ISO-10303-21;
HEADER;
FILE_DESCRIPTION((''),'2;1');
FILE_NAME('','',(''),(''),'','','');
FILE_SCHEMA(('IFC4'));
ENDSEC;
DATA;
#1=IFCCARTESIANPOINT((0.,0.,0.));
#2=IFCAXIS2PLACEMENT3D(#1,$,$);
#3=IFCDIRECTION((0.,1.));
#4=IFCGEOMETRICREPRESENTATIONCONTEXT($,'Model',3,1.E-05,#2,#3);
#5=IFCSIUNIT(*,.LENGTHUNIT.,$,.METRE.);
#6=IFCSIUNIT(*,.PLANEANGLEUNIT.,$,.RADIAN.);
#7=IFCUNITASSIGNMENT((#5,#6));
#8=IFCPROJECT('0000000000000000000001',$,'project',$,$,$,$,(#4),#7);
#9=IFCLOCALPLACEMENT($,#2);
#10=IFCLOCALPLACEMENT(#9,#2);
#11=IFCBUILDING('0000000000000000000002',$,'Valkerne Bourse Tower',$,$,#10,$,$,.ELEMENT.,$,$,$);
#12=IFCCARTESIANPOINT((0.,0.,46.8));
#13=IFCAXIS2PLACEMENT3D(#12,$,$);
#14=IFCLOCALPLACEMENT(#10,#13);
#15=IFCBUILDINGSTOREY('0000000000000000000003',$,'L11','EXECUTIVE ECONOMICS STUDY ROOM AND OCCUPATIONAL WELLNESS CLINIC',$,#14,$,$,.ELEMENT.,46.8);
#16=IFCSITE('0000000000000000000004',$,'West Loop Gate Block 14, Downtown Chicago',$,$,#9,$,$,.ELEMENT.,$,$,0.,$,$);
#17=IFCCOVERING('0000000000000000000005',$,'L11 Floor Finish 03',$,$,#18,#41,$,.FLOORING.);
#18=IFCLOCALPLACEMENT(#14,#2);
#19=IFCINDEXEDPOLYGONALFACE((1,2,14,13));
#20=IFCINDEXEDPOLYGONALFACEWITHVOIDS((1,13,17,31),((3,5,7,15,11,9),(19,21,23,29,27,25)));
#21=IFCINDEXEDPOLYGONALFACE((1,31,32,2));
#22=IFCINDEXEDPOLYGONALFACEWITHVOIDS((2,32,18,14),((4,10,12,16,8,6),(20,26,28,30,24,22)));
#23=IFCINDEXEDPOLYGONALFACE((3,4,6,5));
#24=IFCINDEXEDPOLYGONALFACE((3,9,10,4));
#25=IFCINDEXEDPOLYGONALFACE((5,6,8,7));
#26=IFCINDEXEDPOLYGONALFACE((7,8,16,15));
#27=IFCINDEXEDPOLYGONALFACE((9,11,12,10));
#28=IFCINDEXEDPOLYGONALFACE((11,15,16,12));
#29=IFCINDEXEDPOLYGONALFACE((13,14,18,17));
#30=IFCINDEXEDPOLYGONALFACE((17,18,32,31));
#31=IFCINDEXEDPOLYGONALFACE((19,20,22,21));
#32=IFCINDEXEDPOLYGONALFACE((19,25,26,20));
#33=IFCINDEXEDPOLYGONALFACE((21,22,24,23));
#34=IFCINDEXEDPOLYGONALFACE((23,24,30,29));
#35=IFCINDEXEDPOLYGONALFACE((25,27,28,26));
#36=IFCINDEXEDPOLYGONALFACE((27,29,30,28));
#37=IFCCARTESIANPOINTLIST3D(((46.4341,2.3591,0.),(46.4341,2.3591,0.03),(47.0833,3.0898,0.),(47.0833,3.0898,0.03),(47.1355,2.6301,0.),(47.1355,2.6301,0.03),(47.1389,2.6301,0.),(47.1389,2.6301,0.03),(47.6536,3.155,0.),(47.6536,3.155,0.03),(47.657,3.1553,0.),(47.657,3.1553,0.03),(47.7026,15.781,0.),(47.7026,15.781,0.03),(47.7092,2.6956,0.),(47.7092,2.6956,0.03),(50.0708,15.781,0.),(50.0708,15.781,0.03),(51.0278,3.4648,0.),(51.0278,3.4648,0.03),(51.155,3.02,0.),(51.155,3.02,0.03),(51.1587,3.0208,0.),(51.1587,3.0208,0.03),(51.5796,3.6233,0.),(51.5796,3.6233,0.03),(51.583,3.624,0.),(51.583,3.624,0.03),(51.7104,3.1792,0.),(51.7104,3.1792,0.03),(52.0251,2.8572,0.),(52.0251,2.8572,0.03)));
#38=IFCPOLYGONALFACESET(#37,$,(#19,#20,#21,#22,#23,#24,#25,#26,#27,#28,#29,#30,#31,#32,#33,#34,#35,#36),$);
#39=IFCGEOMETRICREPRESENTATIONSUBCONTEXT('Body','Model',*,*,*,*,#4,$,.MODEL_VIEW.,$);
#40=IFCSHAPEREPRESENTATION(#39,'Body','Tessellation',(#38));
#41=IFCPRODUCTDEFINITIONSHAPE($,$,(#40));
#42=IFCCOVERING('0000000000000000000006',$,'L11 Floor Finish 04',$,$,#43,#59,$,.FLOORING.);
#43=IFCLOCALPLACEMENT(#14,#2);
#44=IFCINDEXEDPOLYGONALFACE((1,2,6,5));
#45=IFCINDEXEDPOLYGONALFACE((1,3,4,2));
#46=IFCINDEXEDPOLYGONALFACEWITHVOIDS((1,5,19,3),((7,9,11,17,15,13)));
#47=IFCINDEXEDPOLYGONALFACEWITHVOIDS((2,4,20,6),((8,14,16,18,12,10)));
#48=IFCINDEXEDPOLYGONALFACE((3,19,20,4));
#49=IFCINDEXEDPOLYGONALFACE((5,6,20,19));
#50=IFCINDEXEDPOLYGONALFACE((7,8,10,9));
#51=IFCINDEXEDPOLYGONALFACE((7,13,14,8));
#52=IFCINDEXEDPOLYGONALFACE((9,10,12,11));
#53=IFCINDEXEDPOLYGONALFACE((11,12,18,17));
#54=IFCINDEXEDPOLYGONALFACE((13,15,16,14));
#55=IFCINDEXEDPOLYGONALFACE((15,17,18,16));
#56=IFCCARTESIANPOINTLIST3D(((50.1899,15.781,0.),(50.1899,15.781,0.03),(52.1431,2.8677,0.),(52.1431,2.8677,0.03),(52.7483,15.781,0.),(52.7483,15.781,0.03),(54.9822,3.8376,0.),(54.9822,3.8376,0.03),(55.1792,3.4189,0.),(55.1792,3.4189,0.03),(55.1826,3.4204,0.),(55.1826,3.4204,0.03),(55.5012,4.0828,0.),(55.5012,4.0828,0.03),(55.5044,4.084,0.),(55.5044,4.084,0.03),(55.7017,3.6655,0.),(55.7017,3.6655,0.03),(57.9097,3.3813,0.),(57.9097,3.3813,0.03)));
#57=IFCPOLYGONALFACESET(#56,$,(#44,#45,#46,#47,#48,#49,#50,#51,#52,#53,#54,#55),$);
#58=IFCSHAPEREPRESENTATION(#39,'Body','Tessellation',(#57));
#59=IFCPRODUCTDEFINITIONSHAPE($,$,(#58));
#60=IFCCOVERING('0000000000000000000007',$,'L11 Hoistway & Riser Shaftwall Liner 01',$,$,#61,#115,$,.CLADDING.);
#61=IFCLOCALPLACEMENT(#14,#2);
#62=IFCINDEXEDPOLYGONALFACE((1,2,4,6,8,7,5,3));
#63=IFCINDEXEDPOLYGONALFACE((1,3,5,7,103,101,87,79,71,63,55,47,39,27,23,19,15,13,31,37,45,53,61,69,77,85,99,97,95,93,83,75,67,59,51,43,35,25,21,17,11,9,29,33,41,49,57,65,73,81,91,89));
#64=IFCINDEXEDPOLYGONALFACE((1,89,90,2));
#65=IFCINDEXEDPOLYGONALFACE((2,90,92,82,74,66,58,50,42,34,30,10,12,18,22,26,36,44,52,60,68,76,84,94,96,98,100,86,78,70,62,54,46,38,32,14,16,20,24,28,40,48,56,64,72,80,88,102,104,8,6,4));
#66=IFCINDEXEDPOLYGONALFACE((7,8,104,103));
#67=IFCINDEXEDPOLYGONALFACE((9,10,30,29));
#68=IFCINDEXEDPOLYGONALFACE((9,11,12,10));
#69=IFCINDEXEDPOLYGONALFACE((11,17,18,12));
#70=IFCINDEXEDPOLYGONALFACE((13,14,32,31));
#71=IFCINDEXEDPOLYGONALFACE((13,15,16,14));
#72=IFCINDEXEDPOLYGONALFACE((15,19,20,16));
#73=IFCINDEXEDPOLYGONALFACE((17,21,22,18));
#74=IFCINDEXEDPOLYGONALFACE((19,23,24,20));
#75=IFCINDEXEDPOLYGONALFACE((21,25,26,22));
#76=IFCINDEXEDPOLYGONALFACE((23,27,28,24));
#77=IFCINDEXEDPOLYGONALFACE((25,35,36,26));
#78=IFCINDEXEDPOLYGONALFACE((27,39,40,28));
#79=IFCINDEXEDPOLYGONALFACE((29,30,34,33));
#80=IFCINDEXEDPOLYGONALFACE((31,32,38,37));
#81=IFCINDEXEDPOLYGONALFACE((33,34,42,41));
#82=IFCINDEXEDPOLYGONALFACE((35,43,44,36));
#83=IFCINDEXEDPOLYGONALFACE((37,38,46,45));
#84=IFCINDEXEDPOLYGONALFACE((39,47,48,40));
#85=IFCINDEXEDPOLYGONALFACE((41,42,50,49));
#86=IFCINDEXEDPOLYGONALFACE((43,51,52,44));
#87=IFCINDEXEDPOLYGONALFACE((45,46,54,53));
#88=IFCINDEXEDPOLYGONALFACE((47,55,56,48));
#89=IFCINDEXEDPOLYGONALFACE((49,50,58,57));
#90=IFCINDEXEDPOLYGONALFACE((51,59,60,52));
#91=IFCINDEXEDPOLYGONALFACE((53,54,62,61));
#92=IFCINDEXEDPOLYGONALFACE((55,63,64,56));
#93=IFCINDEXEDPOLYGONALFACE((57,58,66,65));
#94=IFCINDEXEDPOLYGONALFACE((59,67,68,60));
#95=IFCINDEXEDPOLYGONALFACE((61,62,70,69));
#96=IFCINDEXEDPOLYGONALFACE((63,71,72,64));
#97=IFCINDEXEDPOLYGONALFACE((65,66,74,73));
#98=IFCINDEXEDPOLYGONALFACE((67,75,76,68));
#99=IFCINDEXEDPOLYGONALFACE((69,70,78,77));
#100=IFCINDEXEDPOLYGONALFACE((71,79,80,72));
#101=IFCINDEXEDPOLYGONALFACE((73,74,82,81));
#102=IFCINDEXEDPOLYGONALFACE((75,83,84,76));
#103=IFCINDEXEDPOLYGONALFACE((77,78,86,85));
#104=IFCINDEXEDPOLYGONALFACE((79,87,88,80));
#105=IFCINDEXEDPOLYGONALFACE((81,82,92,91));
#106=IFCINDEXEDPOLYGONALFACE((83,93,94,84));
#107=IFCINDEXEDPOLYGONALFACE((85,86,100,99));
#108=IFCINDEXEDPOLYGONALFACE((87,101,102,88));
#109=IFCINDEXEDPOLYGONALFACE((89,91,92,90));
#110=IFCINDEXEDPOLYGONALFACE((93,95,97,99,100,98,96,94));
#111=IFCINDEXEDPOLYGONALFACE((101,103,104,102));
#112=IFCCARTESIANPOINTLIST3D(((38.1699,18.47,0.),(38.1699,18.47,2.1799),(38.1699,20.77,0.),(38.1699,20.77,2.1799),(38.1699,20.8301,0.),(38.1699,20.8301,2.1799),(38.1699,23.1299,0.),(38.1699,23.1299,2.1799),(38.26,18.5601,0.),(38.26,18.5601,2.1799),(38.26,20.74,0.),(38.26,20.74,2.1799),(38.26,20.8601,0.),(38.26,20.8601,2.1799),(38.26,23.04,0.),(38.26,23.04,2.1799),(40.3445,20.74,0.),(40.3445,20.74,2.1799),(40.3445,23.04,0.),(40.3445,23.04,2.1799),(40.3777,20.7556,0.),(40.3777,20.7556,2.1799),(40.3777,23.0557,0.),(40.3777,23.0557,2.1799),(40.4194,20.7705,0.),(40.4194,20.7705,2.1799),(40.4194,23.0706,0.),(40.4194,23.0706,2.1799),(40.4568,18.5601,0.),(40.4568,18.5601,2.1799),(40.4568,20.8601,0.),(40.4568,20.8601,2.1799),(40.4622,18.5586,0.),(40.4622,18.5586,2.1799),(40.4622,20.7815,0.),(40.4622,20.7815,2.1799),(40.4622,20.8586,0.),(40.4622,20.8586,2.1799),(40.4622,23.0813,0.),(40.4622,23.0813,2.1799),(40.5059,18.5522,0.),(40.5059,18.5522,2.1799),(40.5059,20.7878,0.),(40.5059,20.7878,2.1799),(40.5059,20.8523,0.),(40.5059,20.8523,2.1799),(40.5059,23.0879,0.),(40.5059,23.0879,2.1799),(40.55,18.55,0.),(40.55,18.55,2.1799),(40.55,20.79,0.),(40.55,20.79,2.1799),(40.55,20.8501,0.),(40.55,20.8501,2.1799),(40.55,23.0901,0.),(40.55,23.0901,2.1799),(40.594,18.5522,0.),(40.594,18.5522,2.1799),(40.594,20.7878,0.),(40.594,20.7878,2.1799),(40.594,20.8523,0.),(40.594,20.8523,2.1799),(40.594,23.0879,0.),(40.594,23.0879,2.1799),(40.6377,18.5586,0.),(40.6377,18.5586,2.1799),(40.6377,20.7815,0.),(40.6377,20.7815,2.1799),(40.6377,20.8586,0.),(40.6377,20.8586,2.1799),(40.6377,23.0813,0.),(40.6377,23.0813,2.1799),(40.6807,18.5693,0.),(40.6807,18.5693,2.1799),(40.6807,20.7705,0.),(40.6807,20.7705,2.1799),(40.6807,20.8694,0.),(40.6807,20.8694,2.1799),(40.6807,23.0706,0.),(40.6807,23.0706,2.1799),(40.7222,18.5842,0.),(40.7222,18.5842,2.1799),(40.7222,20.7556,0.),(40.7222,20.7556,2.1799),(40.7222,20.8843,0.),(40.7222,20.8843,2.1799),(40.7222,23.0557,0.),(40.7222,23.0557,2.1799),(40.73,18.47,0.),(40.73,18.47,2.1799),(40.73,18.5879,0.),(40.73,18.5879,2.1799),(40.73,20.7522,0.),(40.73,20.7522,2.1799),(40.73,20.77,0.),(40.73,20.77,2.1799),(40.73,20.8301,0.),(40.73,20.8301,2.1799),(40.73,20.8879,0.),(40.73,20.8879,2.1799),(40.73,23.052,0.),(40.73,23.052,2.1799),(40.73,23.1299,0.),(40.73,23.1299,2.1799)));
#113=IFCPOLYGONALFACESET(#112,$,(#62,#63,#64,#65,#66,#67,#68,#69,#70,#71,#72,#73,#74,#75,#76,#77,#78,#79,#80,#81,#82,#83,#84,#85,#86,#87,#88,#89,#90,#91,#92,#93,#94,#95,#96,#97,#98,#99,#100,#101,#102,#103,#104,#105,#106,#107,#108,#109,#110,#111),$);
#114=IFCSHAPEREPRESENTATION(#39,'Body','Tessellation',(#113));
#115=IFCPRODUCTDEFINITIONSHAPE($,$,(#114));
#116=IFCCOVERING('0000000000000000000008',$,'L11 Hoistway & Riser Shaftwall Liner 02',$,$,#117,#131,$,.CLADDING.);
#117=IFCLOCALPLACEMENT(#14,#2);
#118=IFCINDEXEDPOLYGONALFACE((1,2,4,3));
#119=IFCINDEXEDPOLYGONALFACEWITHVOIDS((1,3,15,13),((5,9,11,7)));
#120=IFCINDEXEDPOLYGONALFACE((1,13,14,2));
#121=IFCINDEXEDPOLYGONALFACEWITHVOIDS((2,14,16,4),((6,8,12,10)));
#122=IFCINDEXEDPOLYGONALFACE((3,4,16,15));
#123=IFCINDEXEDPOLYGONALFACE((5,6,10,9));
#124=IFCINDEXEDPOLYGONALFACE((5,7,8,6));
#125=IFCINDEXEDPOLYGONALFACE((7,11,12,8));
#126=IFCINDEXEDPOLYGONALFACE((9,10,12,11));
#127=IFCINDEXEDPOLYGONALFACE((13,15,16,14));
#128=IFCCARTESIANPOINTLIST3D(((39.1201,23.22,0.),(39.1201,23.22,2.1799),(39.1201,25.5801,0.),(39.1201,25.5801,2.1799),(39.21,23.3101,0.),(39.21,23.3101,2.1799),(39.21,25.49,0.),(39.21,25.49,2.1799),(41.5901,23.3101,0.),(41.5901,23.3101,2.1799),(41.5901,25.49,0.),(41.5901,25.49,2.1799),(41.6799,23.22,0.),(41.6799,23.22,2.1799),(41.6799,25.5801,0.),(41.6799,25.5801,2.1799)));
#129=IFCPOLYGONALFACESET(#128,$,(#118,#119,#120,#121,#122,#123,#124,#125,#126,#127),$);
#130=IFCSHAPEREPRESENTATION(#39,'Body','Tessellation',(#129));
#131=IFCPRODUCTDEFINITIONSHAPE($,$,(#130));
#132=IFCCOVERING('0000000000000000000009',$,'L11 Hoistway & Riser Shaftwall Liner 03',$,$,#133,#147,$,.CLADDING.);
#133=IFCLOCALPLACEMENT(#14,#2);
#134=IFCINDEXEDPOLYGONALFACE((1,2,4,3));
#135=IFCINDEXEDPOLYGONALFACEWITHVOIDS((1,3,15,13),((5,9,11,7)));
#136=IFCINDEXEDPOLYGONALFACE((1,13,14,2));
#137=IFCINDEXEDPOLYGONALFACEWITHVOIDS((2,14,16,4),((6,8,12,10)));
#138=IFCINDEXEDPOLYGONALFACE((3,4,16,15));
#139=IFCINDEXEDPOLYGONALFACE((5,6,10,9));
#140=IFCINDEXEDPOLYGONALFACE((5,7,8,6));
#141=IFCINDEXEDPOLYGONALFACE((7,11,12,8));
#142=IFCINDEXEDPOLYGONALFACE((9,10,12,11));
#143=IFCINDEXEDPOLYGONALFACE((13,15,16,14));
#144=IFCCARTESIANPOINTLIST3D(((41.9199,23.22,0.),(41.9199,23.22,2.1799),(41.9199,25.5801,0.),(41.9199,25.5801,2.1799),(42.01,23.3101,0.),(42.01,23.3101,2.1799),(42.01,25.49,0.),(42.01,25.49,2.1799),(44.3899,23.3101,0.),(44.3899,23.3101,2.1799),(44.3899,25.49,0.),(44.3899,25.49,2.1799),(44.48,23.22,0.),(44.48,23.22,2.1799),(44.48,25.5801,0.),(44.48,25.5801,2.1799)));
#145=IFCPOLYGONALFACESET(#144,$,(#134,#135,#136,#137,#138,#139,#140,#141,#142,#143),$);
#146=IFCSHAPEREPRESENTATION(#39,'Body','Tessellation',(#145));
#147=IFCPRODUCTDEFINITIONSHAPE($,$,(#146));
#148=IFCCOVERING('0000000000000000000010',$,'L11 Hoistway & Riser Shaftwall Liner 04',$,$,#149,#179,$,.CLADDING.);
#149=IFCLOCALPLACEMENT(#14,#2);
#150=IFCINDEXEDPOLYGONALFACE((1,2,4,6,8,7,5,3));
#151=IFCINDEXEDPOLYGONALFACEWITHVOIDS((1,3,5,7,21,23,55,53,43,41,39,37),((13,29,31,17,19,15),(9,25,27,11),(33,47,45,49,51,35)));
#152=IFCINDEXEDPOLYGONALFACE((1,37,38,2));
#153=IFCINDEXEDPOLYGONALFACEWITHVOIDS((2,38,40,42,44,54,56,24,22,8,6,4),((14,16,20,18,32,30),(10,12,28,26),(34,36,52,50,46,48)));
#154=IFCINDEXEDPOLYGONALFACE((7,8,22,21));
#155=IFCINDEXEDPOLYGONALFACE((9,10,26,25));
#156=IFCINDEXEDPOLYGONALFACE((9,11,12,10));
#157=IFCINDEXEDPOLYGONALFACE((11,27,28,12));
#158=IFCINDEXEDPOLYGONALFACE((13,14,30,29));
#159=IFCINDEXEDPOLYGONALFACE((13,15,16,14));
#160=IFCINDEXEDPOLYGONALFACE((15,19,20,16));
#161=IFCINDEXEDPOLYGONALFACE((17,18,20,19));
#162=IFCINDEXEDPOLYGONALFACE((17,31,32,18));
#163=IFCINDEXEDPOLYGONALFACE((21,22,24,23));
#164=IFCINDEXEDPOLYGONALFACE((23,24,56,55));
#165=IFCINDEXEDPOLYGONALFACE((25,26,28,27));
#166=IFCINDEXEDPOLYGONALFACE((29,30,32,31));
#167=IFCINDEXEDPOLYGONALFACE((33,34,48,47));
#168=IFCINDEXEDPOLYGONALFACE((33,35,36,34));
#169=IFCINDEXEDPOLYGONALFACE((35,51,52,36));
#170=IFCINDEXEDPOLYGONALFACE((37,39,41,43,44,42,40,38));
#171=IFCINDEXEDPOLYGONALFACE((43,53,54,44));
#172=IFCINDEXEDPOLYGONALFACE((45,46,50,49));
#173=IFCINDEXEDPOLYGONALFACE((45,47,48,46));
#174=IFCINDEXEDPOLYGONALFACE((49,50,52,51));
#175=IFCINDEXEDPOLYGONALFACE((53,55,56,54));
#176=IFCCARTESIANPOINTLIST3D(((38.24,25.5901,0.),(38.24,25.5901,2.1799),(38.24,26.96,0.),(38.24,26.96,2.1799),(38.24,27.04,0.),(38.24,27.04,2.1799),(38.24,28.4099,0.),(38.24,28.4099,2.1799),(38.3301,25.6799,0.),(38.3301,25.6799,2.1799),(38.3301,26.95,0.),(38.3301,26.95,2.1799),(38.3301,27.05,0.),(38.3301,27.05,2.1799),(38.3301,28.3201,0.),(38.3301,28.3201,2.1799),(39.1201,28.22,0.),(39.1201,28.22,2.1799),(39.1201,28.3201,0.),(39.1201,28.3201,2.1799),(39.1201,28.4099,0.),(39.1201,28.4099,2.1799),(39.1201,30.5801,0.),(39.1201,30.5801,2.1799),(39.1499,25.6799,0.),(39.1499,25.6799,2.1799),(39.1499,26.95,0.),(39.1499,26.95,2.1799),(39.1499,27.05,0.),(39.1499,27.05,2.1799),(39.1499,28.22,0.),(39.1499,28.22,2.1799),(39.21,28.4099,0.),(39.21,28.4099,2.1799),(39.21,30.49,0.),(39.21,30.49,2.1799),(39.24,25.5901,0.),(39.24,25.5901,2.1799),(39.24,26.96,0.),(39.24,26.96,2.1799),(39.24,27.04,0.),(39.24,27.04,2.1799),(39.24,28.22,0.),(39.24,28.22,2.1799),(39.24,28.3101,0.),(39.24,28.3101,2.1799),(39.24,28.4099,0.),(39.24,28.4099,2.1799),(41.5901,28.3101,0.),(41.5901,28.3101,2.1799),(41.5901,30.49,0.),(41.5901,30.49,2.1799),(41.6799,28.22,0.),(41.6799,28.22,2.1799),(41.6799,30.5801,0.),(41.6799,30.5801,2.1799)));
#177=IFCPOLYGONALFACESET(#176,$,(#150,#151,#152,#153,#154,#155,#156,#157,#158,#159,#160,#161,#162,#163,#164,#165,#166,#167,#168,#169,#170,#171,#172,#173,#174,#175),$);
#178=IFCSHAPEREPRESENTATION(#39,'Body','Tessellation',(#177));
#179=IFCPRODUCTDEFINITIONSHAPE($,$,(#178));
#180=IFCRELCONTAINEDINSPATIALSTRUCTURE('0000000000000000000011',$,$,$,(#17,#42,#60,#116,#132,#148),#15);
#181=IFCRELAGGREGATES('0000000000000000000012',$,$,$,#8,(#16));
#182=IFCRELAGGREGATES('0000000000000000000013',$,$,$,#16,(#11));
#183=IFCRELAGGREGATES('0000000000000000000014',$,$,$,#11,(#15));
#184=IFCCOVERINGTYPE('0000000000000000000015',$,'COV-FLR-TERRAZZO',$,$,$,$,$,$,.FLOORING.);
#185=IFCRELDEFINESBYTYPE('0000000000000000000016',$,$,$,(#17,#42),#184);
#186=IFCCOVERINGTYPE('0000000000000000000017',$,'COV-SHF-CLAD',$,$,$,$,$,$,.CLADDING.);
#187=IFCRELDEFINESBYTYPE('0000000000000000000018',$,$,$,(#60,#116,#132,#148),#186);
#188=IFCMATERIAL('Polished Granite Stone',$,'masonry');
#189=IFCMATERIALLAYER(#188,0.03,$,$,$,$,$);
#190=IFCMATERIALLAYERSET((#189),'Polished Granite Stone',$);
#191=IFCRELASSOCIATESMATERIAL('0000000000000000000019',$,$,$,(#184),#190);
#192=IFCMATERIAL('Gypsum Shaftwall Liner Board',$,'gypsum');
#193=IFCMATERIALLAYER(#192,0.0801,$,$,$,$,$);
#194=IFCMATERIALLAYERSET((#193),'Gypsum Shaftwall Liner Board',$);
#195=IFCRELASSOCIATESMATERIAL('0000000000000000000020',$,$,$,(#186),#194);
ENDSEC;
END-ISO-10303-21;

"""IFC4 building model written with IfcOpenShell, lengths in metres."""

from ifc_helpers import new_model, si_unit, direction, frame, origin, place, context, subcontext, project, spatial, polyline, outline, extrude, material, layer, layer_set, type_object, element, save


model = new_model("IFC4")

# Units and contexts
model_context = context("Model", 3, precision=1e-05, world=origin(), true_north=direction((0.0, 1.0)))
body_context = subcontext(model_context, "Body", "Model", "MODEL_VIEW")
ifc_project = project(units=[si_unit("LENGTHUNIT", "METRE"), si_unit("PLANEANGLEUNIT", "RADIAN")], contexts=[model_context])

# Site, building, storey
site_placement = place(None, origin())
site = spatial("IfcSite", under=ifc_project, at=site_placement, Name="West Loop Gate Block 14, Downtown Chicago", CompositionType="ELEMENT", RefElevation=0.0)
building_placement = place(site_placement, origin())
building = spatial("IfcBuilding", under=site, at=building_placement, Name="Valkerne Bourse Tower", CompositionType="ELEMENT")
storey_placement = place(building_placement, frame((0.0, 0.0, 46.8)))
storey = spatial("IfcBuildingStorey", under=building, at=storey_placement, Name="L11", Description="EXECUTIVE ECONOMICS STUDY ROOM AND OCCUPATIONAL WELLNESS CLINIC", CompositionType="ELEMENT", Elevation=46.8)

# Coverings
ifc_material_1 = material(Name="Polished Granite Stone", Category="masonry")
ifc_layer_1 = layer(ifc_material_1, 0.03)
ifc_layer_set_1 = layer_set([ifc_layer_1], Name="Polished Granite Stone")
covering_type_1 = type_object("IfcCoveringType", Name="COV-FLR-TERRAZZO", PredefinedType="FLOORING", material=ifc_layer_set_1)
covering_1_placement = place(storey_placement, origin())
element("IfcCovering", 1, at=covering_1_placement, inside=storey, type_object=covering_type_1, Name="L11 Floor Finish 03", PredefinedType="FLOORING", context=body_context, shape_type="SweptSolid", body=[
    extrude(outline(polyline([(50.0708, 15.781), (52.0251, 2.8572), (46.4341, 2.3591), (47.7026, 15.781), (50.0708, 15.781)]), holes=[polyline([(47.1389, 2.6301), (47.7092, 2.6956), (47.657, 3.1553), (47.6536, 3.155), (47.0833, 3.0898), (47.1355, 2.6301), (47.1389, 2.6301)]), polyline([(51.1587, 3.0208), (51.7104, 3.1792), (51.583, 3.624), (51.5796, 3.6233), (51.0278, 3.4648), (51.155, 3.02), (51.1587, 3.0208)])]), origin(), (0.0, 0.0, 1.0), 0.03),
])
covering_2_placement = place(storey_placement, origin())
element("IfcCovering", 2, at=covering_2_placement, inside=storey, type_object=covering_type_1, Name="L11 Floor Finish 04", PredefinedType="FLOORING", context=body_context, shape_type="SweptSolid", body=[
    extrude(outline(polyline([(52.7483, 15.781), (57.9097, 3.3813), (52.1431, 2.8677), (50.1899, 15.781), (52.7483, 15.781)]), holes=[polyline([(55.7017, 3.6655), (55.5044, 4.084), (55.5012, 4.0828), (54.9822, 3.8376), (55.1792, 3.4189), (55.1826, 3.4204), (55.7017, 3.6655)])]), origin(), (0.0, 0.0, 1.0), 0.03),
])
ifc_material_2 = material(Name="Gypsum Shaftwall Liner Board", Category="gypsum")
ifc_layer_2 = layer(ifc_material_2, 0.0801)
ifc_layer_set_2 = layer_set([ifc_layer_2], Name="Gypsum Shaftwall Liner Board")
covering_type_2 = type_object("IfcCoveringType", Name="COV-SHF-CLAD", PredefinedType="CLADDING", material=ifc_layer_set_2)
covering_3_placement = place(storey_placement, origin())
element("IfcCovering", 3, at=covering_3_placement, inside=storey, type_object=covering_type_2, Name="L11 Hoistway & Riser Shaftwall Liner 01", PredefinedType="CLADDING", context=body_context, shape_type="SweptSolid", body=[
    extrude(outline(polyline([(38.1699, 23.1299), (40.73, 23.1299), (40.73, 23.052), (40.7222, 23.0557), (40.6807, 23.0706), (40.6377, 23.0813), (40.594, 23.0879), (40.55, 23.0901), (40.5059, 23.0879), (40.4622, 23.0813), (40.4194, 23.0706), (40.3777, 23.0557), (40.3445, 23.04), (38.26, 23.04), (38.26, 20.8601), (40.4568, 20.8601), (40.4622, 20.8586), (40.5059, 20.8523), (40.55, 20.8501), (40.594, 20.8523), (40.6377, 20.8586), (40.6807, 20.8694), (40.7222, 20.8843), (40.73, 20.8879), (40.73, 20.8301), (40.73, 20.77), (40.73, 20.7522), (40.7222, 20.7556), (40.6807, 20.7705), (40.6377, 20.7815), (40.594, 20.7878), (40.55, 20.79), (40.5059, 20.7878), (40.4622, 20.7815), (40.4194, 20.7705), (40.3777, 20.7556), (40.3445, 20.74), (38.26, 20.74), (38.26, 18.5601), (40.4568, 18.5601), (40.4622, 18.5586), (40.5059, 18.5522), (40.55, 18.55), (40.594, 18.5522), (40.6377, 18.5586), (40.6807, 18.5693), (40.7222, 18.5842), (40.73, 18.5879), (40.73, 18.47), (38.1699, 18.47), (38.1699, 20.77), (38.1699, 20.8301), (38.1699, 23.1299)])), origin(), (0.0, 0.0, 1.0), 2.1799),
])
covering_4_placement = place(storey_placement, origin())
element("IfcCovering", 4, at=covering_4_placement, inside=storey, type_object=covering_type_2, Name="L11 Hoistway & Riser Shaftwall Liner 02", PredefinedType="CLADDING", context=body_context, shape_type="SweptSolid", body=[
    extrude(outline(polyline([(41.6799, 23.22), (39.1201, 23.22), (39.1201, 25.5801), (41.6799, 25.5801), (41.6799, 23.22)]), holes=[polyline([(39.21, 25.49), (39.21, 23.3101), (41.5901, 23.3101), (41.5901, 25.49), (39.21, 25.49)])]), origin(), (0.0, 0.0, 1.0), 2.1799),
])
covering_5_placement = place(storey_placement, origin())
element("IfcCovering", 5, at=covering_5_placement, inside=storey, type_object=covering_type_2, Name="L11 Hoistway & Riser Shaftwall Liner 03", PredefinedType="CLADDING", context=body_context, shape_type="SweptSolid", body=[
    extrude(outline(polyline([(44.48, 23.22), (41.9199, 23.22), (41.9199, 25.5801), (44.48, 25.5801), (44.48, 23.22)]), holes=[polyline([(42.01, 25.49), (42.01, 23.3101), (44.3899, 23.3101), (44.3899, 25.49), (42.01, 25.49)])]), origin(), (0.0, 0.0, 1.0), 2.1799),
])
covering_6_placement = place(storey_placement, origin())
element("IfcCovering", 6, at=covering_6_placement, inside=storey, type_object=covering_type_2, Name="L11 Hoistway & Riser Shaftwall Liner 04", PredefinedType="CLADDING", context=body_context, shape_type="SweptSolid", body=[
    extrude(outline(polyline([(38.24, 28.4099), (39.1201, 28.4099), (39.1201, 30.5801), (41.6799, 30.5801), (41.6799, 28.22), (39.24, 28.22), (39.24, 27.04), (39.24, 26.96), (39.24, 25.5901), (38.24, 25.5901), (38.24, 26.96), (38.24, 27.04), (38.24, 28.4099)]), holes=[polyline([(39.21, 30.49), (39.21, 28.4099), (39.24, 28.4099), (39.24, 28.3101), (41.5901, 28.3101), (41.5901, 30.49), (39.21, 30.49)]), polyline([(38.3301, 26.95), (38.3301, 25.6799), (39.1499, 25.6799), (39.1499, 26.95), (38.3301, 26.95)]), polyline([(39.1201, 28.22), (39.1201, 28.3201), (38.3301, 28.3201), (38.3301, 27.05), (39.1499, 27.05), (39.1499, 28.22), (39.1201, 28.22)])]), origin(), (0.0, 0.0, 1.0), 2.1799),
])

save(model, "model.ifc")
